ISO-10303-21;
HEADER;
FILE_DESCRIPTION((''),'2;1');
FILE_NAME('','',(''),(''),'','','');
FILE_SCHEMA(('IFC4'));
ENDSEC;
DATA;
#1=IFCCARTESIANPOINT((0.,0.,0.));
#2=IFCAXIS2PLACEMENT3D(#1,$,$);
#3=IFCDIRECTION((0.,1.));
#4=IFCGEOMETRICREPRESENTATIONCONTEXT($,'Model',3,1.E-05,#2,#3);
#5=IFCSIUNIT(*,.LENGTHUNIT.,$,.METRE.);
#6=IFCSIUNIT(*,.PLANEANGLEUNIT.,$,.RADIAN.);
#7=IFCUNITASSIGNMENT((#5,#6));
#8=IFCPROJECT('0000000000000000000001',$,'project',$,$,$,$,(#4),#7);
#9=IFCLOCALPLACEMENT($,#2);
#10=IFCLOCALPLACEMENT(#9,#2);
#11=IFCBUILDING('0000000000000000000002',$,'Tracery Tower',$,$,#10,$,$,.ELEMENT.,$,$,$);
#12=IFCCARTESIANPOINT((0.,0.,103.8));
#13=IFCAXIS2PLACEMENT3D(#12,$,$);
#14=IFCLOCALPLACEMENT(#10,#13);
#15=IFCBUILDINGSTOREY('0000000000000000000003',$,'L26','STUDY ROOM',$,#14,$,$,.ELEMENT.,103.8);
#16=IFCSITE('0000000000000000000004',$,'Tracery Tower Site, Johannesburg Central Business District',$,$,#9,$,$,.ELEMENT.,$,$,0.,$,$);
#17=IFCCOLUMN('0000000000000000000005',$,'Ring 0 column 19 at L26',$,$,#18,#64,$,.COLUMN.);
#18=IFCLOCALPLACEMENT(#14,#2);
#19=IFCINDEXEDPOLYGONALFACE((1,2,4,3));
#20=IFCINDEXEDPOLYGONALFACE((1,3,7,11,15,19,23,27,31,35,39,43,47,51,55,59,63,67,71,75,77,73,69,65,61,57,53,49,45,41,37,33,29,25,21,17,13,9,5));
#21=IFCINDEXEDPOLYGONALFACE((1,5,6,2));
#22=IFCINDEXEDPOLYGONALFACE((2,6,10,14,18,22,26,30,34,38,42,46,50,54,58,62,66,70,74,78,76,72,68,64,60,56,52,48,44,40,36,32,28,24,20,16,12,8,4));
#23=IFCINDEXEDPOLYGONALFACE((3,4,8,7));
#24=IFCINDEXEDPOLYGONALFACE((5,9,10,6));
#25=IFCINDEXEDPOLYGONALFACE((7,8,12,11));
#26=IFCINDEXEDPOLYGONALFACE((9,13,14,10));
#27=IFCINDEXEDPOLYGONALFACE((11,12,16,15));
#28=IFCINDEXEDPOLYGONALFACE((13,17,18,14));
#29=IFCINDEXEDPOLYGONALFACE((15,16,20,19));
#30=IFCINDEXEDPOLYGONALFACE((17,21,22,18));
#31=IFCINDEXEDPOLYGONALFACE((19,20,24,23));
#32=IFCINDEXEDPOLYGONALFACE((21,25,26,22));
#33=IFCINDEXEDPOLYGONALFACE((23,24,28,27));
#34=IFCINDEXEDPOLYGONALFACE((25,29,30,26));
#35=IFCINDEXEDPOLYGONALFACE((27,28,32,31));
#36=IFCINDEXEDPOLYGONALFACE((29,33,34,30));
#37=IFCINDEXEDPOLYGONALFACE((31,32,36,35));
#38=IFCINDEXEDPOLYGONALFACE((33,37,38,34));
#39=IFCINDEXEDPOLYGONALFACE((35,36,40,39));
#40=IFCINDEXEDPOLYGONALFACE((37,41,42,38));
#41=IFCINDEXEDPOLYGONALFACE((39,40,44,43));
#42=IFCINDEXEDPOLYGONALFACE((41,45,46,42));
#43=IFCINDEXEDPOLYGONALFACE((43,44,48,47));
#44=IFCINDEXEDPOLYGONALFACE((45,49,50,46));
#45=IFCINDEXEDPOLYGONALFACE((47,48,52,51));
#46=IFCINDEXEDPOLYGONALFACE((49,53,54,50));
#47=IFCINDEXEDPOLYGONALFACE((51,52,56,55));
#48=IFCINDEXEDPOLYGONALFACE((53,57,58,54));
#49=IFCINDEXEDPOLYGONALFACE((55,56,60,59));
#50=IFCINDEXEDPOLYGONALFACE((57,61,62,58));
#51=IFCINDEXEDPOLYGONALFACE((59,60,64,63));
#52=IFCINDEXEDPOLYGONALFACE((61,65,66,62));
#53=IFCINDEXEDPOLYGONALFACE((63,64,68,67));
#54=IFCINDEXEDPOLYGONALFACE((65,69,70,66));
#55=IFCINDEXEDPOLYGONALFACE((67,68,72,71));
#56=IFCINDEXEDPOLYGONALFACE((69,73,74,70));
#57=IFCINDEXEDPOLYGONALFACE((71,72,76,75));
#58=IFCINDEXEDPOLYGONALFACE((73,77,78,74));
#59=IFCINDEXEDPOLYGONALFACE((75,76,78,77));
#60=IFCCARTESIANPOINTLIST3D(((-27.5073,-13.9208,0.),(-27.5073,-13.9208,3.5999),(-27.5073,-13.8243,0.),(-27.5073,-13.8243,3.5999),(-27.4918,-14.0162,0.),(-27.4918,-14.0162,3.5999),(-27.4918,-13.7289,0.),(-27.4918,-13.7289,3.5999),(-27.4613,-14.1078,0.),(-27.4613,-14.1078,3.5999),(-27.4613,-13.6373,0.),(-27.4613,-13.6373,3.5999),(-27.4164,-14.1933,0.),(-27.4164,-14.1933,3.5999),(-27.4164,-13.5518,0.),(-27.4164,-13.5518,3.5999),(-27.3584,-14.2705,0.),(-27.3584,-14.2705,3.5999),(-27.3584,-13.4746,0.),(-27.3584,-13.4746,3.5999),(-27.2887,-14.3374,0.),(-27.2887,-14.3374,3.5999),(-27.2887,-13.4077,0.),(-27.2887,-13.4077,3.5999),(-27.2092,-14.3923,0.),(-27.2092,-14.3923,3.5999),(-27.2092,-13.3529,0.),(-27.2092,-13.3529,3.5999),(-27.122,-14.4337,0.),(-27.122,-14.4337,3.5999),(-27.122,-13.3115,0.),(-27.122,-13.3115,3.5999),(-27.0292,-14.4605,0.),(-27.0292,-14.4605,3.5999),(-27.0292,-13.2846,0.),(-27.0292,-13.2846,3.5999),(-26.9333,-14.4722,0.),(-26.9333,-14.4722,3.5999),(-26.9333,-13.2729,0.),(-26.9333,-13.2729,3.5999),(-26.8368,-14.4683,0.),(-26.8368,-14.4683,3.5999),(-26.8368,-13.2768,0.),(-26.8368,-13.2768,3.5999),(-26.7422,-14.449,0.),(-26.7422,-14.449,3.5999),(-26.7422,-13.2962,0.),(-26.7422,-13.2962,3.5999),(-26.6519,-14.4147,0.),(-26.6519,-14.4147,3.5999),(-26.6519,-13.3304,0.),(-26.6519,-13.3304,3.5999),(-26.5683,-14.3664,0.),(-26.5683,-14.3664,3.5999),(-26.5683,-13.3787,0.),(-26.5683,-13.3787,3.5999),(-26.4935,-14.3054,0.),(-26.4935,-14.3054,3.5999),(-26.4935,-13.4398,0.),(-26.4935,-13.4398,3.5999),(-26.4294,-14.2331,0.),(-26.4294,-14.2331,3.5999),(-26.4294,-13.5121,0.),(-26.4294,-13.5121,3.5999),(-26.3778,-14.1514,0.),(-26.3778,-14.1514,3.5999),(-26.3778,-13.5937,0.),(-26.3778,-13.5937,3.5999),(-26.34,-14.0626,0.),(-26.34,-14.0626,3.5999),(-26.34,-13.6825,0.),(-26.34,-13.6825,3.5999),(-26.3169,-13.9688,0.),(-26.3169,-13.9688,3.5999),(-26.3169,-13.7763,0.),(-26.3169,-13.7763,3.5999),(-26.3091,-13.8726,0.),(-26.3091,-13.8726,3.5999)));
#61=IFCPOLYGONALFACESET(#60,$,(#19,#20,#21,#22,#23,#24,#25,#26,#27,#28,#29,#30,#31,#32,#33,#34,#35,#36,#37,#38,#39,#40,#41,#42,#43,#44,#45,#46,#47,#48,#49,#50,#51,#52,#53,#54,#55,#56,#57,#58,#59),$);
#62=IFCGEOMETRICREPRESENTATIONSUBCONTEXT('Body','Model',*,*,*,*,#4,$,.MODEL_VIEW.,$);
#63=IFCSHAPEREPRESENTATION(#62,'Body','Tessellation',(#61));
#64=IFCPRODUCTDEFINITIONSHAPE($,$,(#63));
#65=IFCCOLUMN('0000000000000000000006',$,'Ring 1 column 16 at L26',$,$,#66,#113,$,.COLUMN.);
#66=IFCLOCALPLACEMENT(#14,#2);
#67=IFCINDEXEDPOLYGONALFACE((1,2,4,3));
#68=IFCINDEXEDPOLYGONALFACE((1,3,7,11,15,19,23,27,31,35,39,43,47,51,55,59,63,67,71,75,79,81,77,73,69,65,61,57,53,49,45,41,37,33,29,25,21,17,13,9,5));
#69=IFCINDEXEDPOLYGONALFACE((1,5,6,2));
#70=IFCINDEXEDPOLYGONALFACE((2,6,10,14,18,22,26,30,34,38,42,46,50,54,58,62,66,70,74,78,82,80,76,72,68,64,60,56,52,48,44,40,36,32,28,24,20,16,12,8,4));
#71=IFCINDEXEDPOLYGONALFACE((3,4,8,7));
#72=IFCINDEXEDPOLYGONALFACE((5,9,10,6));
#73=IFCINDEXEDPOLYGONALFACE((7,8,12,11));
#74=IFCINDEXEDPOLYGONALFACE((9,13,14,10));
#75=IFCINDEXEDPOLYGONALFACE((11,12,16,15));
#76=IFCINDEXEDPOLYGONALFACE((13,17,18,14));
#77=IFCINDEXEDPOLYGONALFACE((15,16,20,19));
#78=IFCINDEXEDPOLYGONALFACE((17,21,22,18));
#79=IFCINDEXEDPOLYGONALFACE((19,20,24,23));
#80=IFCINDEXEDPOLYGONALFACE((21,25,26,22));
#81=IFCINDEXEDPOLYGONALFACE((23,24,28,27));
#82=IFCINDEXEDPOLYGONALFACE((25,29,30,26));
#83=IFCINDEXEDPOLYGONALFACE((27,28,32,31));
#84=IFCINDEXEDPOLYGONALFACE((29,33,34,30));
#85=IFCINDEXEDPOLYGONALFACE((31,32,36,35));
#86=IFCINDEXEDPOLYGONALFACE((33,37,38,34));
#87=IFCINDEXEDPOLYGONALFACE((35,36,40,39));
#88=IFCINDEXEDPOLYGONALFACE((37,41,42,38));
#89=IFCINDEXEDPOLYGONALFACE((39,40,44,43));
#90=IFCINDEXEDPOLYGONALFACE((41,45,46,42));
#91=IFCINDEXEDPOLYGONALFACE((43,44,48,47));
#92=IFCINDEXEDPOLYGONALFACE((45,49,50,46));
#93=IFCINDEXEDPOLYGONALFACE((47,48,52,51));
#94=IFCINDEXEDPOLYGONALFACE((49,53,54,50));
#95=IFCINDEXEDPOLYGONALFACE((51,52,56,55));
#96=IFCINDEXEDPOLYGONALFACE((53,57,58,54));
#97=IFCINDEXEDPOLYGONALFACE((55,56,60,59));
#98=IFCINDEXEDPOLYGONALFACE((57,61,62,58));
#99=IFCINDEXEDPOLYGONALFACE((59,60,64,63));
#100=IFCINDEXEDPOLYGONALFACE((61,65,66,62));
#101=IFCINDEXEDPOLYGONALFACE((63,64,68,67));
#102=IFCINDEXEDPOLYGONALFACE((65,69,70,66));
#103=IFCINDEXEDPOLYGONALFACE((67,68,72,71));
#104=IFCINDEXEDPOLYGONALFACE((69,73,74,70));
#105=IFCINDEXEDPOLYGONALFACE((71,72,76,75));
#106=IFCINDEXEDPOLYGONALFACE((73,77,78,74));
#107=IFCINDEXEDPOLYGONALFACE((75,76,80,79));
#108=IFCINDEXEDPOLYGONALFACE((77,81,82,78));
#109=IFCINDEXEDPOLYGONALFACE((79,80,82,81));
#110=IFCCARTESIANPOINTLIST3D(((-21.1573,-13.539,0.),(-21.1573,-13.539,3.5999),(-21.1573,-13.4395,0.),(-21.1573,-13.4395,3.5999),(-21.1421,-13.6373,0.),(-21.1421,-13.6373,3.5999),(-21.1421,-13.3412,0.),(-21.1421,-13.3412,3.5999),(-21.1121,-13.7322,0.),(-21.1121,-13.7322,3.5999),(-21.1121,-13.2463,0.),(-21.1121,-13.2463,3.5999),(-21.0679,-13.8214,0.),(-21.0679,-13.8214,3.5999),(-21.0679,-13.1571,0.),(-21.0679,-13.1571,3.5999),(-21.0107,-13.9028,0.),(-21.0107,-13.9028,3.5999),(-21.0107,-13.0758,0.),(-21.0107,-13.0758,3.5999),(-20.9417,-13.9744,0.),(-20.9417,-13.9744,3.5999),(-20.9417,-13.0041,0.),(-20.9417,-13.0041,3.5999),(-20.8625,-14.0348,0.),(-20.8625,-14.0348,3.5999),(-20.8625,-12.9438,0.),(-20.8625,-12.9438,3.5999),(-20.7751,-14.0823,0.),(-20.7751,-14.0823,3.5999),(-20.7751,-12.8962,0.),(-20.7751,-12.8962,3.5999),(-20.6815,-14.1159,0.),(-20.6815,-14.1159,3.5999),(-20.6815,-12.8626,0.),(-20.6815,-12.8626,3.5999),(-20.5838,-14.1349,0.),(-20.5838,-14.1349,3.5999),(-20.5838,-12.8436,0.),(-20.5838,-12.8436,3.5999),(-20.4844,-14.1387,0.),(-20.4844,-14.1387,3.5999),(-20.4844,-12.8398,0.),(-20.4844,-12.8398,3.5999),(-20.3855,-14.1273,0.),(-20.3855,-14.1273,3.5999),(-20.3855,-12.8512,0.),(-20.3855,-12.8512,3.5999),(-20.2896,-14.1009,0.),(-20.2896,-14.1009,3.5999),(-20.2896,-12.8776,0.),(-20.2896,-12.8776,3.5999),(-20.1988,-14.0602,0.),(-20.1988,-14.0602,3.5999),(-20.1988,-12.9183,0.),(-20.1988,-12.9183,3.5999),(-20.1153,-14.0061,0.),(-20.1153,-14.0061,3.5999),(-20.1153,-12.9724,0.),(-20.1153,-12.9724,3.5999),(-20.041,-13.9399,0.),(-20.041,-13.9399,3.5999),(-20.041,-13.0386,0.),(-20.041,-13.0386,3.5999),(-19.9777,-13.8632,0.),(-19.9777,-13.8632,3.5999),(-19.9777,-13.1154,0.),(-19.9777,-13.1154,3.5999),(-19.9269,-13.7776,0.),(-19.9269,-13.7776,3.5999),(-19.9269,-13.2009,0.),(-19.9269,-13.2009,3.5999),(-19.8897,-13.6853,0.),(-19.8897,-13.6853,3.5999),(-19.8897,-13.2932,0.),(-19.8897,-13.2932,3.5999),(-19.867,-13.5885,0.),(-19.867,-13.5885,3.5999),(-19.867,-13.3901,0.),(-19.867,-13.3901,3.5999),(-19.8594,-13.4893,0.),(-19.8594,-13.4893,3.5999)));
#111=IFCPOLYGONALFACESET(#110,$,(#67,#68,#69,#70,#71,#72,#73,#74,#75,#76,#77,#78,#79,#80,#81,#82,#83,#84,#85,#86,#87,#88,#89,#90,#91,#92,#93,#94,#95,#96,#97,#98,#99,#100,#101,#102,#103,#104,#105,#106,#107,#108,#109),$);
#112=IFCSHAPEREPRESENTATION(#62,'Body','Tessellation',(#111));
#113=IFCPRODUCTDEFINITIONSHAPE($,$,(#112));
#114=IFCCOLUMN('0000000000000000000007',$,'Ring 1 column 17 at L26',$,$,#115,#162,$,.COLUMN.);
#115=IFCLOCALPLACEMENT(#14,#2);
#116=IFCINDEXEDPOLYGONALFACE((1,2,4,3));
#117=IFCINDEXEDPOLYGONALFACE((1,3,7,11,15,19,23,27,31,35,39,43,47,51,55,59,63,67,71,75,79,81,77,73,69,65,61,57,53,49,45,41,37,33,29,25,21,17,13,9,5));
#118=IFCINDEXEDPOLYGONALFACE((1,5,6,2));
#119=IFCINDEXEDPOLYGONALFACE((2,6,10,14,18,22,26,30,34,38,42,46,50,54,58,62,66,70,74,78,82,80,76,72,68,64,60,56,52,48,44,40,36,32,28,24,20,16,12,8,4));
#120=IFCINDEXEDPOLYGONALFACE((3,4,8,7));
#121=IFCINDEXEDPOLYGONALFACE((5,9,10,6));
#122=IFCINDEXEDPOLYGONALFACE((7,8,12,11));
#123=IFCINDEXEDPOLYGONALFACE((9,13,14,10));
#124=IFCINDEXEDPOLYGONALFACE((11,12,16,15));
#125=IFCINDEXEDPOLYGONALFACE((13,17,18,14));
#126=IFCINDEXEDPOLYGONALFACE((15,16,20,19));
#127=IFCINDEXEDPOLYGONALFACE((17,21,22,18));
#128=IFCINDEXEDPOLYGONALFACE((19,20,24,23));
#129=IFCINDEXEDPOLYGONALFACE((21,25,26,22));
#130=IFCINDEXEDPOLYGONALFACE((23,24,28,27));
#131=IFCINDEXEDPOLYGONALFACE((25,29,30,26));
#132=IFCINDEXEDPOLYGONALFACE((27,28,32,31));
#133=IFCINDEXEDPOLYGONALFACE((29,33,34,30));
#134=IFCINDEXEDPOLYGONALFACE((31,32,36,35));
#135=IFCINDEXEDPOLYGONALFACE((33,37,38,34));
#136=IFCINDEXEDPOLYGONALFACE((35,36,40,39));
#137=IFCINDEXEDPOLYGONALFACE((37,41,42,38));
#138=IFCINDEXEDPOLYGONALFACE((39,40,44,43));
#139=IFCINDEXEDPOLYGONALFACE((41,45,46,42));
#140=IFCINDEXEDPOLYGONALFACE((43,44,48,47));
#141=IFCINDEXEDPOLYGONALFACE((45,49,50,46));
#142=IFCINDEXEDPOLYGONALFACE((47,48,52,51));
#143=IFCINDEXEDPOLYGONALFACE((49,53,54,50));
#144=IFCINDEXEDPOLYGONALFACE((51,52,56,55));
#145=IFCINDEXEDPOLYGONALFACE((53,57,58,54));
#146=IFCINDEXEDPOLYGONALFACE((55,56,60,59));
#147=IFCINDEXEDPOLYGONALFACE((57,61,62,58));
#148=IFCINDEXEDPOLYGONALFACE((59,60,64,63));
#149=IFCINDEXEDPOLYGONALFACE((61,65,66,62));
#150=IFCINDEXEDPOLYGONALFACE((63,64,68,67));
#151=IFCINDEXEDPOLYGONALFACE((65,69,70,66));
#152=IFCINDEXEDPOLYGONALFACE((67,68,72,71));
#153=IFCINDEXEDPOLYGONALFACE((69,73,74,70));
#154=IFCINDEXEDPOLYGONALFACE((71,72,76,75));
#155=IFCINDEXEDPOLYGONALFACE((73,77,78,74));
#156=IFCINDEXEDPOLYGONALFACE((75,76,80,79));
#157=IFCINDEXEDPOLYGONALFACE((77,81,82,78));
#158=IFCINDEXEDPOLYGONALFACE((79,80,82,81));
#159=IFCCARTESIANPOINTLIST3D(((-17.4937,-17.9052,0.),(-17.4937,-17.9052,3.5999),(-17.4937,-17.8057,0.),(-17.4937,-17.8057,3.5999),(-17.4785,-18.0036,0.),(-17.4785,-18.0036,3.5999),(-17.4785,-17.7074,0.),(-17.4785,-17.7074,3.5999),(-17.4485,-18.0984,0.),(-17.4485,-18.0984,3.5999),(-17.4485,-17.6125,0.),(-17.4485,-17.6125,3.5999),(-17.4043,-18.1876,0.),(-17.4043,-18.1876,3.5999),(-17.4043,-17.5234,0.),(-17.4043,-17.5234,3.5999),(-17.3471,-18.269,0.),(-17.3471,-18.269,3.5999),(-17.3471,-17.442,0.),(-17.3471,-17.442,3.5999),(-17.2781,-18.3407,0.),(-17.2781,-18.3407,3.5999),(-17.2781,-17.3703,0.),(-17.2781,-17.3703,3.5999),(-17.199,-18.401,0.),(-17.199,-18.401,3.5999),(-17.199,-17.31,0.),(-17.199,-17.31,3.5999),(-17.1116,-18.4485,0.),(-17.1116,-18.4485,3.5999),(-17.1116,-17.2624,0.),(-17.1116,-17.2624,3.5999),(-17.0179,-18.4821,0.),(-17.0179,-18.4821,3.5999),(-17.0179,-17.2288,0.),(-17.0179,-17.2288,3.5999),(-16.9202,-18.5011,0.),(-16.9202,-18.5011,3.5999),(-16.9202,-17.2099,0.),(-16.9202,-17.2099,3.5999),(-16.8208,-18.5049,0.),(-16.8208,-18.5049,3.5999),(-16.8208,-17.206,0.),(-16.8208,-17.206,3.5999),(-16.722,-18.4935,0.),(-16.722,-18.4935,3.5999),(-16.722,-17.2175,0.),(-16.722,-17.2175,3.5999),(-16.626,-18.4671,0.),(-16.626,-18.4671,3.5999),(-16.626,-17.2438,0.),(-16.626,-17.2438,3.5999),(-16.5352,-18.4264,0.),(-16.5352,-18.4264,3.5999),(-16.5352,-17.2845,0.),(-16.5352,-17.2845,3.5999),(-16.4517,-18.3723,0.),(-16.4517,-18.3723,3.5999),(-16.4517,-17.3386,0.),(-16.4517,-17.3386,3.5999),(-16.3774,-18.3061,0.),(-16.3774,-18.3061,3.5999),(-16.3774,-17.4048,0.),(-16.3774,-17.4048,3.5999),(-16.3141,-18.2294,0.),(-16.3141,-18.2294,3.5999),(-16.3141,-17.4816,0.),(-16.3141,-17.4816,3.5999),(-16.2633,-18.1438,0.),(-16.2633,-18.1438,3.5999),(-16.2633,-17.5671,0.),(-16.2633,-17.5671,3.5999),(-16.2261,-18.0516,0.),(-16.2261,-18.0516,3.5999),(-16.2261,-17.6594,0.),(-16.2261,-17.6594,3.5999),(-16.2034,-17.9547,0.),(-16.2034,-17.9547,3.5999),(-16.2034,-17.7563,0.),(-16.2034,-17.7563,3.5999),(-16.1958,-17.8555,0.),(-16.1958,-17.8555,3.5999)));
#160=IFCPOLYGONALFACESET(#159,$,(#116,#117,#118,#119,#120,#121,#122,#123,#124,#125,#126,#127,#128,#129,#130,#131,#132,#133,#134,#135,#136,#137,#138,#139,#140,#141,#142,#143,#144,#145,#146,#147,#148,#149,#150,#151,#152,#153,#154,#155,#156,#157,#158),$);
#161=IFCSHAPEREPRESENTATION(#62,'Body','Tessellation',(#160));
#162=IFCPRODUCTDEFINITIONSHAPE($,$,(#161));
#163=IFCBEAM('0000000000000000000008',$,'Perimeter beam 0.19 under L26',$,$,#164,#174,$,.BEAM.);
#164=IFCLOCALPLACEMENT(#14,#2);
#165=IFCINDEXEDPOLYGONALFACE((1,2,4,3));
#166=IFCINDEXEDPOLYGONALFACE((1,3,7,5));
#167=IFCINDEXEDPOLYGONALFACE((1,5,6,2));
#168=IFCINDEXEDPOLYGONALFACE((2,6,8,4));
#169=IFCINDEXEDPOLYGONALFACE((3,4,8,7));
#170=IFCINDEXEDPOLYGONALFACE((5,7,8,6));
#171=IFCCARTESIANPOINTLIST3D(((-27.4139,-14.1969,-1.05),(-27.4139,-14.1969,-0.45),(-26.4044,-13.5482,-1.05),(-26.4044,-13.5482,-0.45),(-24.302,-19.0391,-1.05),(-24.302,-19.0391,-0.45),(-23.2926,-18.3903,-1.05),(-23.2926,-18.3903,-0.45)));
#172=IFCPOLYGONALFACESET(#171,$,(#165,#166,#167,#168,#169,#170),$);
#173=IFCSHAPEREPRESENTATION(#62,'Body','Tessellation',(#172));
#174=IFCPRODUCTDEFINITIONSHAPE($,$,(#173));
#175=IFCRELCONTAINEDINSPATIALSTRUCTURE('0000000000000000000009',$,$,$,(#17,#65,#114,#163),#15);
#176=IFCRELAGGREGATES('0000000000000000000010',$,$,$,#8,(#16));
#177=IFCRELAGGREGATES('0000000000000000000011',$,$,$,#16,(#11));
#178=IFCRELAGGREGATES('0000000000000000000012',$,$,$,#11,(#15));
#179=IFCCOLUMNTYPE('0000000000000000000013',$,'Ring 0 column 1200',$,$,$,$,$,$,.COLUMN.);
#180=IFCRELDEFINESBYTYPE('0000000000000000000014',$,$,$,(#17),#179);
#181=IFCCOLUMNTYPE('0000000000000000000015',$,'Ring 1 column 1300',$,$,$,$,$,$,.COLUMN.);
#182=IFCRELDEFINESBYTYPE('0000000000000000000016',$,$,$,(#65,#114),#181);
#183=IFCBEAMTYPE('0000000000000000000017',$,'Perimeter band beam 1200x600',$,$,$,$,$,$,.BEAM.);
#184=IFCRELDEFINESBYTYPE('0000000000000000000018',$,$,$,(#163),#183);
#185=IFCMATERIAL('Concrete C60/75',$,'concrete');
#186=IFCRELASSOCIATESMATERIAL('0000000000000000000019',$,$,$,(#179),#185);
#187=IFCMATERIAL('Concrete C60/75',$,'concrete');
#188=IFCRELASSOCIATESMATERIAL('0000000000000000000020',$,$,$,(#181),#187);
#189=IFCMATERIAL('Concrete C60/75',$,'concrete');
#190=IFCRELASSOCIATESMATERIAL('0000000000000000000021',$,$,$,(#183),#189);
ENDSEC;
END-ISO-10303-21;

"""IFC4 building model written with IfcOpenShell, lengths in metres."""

from ifc_helpers import new_model, si_unit, direction, frame, origin, origin_2d, place, context, subcontext, project, spatial, rectangle, circle, extrude, material, material_profile, profile_set, type_object, element, save


model = new_model("IFC4")

# Units and contexts
model_context = context("Model", 3, precision=1e-05, world=origin(), true_north=direction((0.0, 1.0)))
body_context = subcontext(model_context, "Body", "Model", "MODEL_VIEW")
ifc_project = project(units=[si_unit("LENGTHUNIT", "METRE"), si_unit("PLANEANGLEUNIT", "RADIAN")], contexts=[model_context])

# Site, building, storey
site_placement = place(None, origin())
site = spatial("IfcSite", under=ifc_project, at=site_placement, Name="Tracery Tower Site, Johannesburg Central Business District", CompositionType="ELEMENT", RefElevation=0.0)
building_placement = place(site_placement, origin())
building = spatial("IfcBuilding", under=site, at=building_placement, Name="Tracery Tower", CompositionType="ELEMENT")
storey_placement = place(building_placement, frame((0.0, 0.0, 103.8)))
storey = spatial("IfcBuildingStorey", under=building, at=storey_placement, Name="L26", Description="STUDY ROOM", CompositionType="ELEMENT", Elevation=103.8)

# Columns
ifc_material_1 = material(Name="Concrete C60/75", Category="concrete")
ifc_material_profile_1 = material_profile(ifc_material_1, circle(Radius=0.6001, at=origin_2d()), Name="RC D1200")
ifc_profile_set_1 = profile_set([ifc_material_profile_1], Name="Concrete C60/75")
column_type_1 = type_object("IfcColumnType", Name="Ring 0 column 1200", PredefinedType="COLUMN", material=ifc_profile_set_1)
column_placement = place(storey_placement, frame((-26.9092, -13.8726, 0.0), z_axis=(0.0, 0.0, 1.0), x_axis=(1.0, 0.0, 0.0)))
element("IfcColumn", 1, at=column_placement, inside=storey, type_object=column_type_1, Name="Ring 0 column 19 at L26", PredefinedType="COLUMN", context=body_context, shape_type="SweptSolid", body=[
    extrude(circle(Radius=0.6001, at=origin_2d()), origin(), (0.0, 0.0, 1.0), 3.5999),
])
ifc_material_2 = material(Name="Concrete C60/75", Category="concrete")
ifc_material_profile_2 = material_profile(ifc_material_2, circle(Radius=0.6499, at=origin_2d()), Name="RC D1300")
ifc_profile_set_2 = profile_set([ifc_material_profile_2], Name="Concrete C60/75")
column_type_2 = type_object("IfcColumnType", Name="Ring 1 column 1300", PredefinedType="COLUMN", material=ifc_profile_set_2)
for number, where, z_axis, x_axis, name in (
    (2, (-20.5093, -13.4893, 0.0), (0.0, 0.0, 1.0), (1.0, 0.0, 0.0), "Ring 1 column 16 at L26"),
    (3, (-16.8457, -17.8555, 0.0), (0.0, 0.0, 1.0), (1.0, 0.0, 0.0), "Ring 1 column 17 at L26"),
):
    element("IfcColumn", number, at=place(storey_placement, frame(where, z_axis=z_axis, x_axis=x_axis)), inside=storey, type_object=column_type_2, Name=name, PredefinedType="COLUMN", context=body_context, shape_type="SweptSolid", body=[
        extrude(circle(Radius=0.6499, at=origin_2d()), origin(), (0.0, 0.0, 1.0), 3.5999),
    ])

# Beam
ifc_material_3 = material(Name="Concrete C60/75", Category="concrete")
ifc_material_profile_3 = material_profile(ifc_material_3, rectangle(XDim=1.2, YDim=0.6001, at=origin_2d()), Name="RC 1200x600")
ifc_profile_set_3 = profile_set([ifc_material_profile_3], Name="Concrete C60/75")
beam_type = type_object("IfcBeamType", Name="Perimeter band beam 1200x600", PredefinedType="BEAM", material=ifc_profile_set_3)
beam_placement = place(storey_placement, frame((-26.9092, -13.8726, -0.75), z_axis=(0.540644, -0.841252, 0.0), x_axis=(0.841252, 0.540644, 0.0)))
element("IfcBeam", 4, at=beam_placement, inside=storey, type_object=beam_type, Name="Perimeter beam 0.19 under L26", PredefinedType="BEAM", context=body_context, shape_type="SweptSolid", body=[
    extrude(rectangle(XDim=1.2, YDim=0.6001, at=origin_2d()), origin(), (0.0, 0.0, 1.0), 5.7559),
])

save(model, "model.ifc")
